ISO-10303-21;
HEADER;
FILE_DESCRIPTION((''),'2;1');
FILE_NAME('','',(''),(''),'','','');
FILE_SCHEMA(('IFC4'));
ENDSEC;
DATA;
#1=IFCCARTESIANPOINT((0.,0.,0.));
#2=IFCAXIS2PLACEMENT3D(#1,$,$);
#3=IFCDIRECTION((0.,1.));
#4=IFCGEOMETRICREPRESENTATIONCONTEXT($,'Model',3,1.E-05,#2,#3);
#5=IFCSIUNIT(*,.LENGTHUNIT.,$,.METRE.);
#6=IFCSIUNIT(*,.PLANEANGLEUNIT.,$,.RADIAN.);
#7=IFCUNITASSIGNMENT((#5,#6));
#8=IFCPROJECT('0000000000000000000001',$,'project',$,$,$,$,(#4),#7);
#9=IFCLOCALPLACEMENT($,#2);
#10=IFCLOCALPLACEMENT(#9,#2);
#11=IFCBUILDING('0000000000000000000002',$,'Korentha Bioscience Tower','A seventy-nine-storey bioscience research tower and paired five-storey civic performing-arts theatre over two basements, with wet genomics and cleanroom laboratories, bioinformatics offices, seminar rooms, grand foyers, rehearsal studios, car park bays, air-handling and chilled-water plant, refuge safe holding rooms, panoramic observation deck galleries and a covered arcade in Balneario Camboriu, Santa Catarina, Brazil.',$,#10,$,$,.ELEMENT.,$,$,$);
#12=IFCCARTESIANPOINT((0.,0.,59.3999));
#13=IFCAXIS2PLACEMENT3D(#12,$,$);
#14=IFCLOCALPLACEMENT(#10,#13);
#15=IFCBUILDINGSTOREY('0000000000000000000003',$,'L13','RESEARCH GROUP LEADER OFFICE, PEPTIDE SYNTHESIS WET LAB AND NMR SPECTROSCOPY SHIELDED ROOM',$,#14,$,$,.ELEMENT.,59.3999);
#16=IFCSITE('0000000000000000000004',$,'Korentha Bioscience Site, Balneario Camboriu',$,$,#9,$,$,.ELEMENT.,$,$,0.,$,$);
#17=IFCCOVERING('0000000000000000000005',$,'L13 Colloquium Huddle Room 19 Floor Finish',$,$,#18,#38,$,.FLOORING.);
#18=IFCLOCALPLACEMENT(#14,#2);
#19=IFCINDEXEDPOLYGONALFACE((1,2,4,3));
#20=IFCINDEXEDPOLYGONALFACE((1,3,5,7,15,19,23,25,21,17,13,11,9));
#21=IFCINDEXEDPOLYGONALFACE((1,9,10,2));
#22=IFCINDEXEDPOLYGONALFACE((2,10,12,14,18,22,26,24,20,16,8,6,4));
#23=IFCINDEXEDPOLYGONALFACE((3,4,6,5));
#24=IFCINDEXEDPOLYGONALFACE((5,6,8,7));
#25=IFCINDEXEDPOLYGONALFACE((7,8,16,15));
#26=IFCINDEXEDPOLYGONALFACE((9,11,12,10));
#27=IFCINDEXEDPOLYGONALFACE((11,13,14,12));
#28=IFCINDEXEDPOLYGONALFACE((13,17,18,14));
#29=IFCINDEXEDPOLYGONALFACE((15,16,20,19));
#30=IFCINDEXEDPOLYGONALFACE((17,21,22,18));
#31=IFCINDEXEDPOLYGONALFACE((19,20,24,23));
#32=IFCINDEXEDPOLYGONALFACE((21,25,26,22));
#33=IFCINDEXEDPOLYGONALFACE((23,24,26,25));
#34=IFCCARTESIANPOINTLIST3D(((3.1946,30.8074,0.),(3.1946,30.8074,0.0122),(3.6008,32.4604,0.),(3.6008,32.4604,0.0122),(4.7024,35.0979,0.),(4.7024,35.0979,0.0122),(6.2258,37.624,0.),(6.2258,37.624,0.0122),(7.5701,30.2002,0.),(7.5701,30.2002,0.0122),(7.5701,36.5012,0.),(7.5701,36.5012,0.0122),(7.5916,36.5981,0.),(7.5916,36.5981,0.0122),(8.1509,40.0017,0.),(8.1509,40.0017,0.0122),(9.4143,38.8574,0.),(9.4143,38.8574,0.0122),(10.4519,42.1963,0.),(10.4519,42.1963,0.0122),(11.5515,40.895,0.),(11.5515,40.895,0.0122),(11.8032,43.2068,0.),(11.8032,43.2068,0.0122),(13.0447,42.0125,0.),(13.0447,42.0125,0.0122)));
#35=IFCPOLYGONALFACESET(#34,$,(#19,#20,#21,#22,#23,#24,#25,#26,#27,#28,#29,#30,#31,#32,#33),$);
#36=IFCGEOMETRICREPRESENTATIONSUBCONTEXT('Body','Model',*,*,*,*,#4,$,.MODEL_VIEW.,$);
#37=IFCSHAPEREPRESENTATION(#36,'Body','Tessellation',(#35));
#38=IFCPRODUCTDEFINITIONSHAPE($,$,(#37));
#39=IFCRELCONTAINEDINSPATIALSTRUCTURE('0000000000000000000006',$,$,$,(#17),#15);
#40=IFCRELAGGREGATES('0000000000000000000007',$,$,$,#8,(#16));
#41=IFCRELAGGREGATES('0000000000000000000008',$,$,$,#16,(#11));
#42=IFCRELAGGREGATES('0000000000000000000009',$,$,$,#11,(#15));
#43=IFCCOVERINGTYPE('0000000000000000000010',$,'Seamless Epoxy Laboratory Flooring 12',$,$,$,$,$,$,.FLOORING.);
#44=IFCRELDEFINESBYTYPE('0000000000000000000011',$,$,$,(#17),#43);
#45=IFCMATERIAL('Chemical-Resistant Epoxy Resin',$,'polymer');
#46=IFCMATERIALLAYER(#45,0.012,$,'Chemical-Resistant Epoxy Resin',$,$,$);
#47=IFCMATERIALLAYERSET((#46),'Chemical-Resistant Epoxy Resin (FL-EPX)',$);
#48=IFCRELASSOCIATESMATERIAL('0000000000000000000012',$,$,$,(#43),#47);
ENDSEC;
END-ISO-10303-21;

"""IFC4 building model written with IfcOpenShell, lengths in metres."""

from ifc_helpers import new_model, si_unit, direction, frame, origin, place, context, subcontext, project, spatial, polyline, outline, extrude, material, layer, layer_set, type_object, element, save


model = new_model("IFC4")

# Units and contexts
model_context = context("Model", 3, precision=1e-05, world=origin(), true_north=direction((0.0, 1.0)))
body_context = subcontext(model_context, "Body", "Model", "MODEL_VIEW")
ifc_project = project(units=[si_unit("LENGTHUNIT", "METRE"), si_unit("PLANEANGLEUNIT", "RADIAN")], contexts=[model_context])

# Site, building, storey
site_placement = place(None, origin())
site = spatial("IfcSite", under=ifc_project, at=site_placement, Name="Korentha Bioscience Site, Balneario Camboriu", CompositionType="ELEMENT", RefElevation=0.0)
building_placement = place(site_placement, origin())
building = spatial("IfcBuilding", under=site, at=building_placement, Name="Korentha Bioscience Tower", Description="A seventy-nine-storey bioscience research tower and paired five-storey civic performing-arts theatre over two basements, with wet genomics and cleanroom laboratories, bioinformatics offices, seminar rooms, grand foyers, rehearsal studios, car park bays, air-handling and chilled-water plant, refuge safe holding rooms, panoramic observation deck galleries and a covered arcade in Balneario Camboriu, Santa Catarina, Brazil.", CompositionType="ELEMENT")
storey_placement = place(building_placement, frame((0.0, 0.0, 59.3999)))
storey = spatial("IfcBuildingStorey", under=building, at=storey_placement, Name="L13", Description="RESEARCH GROUP LEADER OFFICE, PEPTIDE SYNTHESIS WET LAB AND NMR SPECTROSCOPY SHIELDED ROOM", CompositionType="ELEMENT", Elevation=59.3999)

# Covering
ifc_material_1 = material(Name="Chemical-Resistant Epoxy Resin", Category="polymer")
ifc_layer_1 = layer(ifc_material_1, 0.012, Name="Chemical-Resistant Epoxy Resin")
ifc_layer_set_1 = layer_set([ifc_layer_1], Name="Chemical-Resistant Epoxy Resin (FL-EPX)")
covering_type_1 = type_object("IfcCoveringType", Name="Seamless Epoxy Laboratory Flooring 12", PredefinedType="FLOORING", material=ifc_layer_set_1)
covering_1_placement = place(storey_placement, origin())
element("IfcCovering", 1, at=covering_1_placement, inside=storey, type_object=covering_type_1, Name="L13 Colloquium Huddle Room 19 Floor Finish", PredefinedType="FLOORING", context=body_context, shape_type="SweptSolid", body=[
    extrude(outline(polyline([(4.7024, 35.0979), (6.2258, 37.624), (8.1509, 40.0017), (10.4519, 42.1963), (11.8032, 43.2068), (13.0447, 42.0125), (11.5515, 40.895), (9.4143, 38.8574), (7.5916, 36.5981), (7.5701, 36.5012), (7.5701, 30.2002), (3.1946, 30.8074), (3.6008, 32.4604), (4.7024, 35.0979)])), origin(), (0.0, 0.0, 1.0), 0.0122),
])

save(model, "model.ifc")
